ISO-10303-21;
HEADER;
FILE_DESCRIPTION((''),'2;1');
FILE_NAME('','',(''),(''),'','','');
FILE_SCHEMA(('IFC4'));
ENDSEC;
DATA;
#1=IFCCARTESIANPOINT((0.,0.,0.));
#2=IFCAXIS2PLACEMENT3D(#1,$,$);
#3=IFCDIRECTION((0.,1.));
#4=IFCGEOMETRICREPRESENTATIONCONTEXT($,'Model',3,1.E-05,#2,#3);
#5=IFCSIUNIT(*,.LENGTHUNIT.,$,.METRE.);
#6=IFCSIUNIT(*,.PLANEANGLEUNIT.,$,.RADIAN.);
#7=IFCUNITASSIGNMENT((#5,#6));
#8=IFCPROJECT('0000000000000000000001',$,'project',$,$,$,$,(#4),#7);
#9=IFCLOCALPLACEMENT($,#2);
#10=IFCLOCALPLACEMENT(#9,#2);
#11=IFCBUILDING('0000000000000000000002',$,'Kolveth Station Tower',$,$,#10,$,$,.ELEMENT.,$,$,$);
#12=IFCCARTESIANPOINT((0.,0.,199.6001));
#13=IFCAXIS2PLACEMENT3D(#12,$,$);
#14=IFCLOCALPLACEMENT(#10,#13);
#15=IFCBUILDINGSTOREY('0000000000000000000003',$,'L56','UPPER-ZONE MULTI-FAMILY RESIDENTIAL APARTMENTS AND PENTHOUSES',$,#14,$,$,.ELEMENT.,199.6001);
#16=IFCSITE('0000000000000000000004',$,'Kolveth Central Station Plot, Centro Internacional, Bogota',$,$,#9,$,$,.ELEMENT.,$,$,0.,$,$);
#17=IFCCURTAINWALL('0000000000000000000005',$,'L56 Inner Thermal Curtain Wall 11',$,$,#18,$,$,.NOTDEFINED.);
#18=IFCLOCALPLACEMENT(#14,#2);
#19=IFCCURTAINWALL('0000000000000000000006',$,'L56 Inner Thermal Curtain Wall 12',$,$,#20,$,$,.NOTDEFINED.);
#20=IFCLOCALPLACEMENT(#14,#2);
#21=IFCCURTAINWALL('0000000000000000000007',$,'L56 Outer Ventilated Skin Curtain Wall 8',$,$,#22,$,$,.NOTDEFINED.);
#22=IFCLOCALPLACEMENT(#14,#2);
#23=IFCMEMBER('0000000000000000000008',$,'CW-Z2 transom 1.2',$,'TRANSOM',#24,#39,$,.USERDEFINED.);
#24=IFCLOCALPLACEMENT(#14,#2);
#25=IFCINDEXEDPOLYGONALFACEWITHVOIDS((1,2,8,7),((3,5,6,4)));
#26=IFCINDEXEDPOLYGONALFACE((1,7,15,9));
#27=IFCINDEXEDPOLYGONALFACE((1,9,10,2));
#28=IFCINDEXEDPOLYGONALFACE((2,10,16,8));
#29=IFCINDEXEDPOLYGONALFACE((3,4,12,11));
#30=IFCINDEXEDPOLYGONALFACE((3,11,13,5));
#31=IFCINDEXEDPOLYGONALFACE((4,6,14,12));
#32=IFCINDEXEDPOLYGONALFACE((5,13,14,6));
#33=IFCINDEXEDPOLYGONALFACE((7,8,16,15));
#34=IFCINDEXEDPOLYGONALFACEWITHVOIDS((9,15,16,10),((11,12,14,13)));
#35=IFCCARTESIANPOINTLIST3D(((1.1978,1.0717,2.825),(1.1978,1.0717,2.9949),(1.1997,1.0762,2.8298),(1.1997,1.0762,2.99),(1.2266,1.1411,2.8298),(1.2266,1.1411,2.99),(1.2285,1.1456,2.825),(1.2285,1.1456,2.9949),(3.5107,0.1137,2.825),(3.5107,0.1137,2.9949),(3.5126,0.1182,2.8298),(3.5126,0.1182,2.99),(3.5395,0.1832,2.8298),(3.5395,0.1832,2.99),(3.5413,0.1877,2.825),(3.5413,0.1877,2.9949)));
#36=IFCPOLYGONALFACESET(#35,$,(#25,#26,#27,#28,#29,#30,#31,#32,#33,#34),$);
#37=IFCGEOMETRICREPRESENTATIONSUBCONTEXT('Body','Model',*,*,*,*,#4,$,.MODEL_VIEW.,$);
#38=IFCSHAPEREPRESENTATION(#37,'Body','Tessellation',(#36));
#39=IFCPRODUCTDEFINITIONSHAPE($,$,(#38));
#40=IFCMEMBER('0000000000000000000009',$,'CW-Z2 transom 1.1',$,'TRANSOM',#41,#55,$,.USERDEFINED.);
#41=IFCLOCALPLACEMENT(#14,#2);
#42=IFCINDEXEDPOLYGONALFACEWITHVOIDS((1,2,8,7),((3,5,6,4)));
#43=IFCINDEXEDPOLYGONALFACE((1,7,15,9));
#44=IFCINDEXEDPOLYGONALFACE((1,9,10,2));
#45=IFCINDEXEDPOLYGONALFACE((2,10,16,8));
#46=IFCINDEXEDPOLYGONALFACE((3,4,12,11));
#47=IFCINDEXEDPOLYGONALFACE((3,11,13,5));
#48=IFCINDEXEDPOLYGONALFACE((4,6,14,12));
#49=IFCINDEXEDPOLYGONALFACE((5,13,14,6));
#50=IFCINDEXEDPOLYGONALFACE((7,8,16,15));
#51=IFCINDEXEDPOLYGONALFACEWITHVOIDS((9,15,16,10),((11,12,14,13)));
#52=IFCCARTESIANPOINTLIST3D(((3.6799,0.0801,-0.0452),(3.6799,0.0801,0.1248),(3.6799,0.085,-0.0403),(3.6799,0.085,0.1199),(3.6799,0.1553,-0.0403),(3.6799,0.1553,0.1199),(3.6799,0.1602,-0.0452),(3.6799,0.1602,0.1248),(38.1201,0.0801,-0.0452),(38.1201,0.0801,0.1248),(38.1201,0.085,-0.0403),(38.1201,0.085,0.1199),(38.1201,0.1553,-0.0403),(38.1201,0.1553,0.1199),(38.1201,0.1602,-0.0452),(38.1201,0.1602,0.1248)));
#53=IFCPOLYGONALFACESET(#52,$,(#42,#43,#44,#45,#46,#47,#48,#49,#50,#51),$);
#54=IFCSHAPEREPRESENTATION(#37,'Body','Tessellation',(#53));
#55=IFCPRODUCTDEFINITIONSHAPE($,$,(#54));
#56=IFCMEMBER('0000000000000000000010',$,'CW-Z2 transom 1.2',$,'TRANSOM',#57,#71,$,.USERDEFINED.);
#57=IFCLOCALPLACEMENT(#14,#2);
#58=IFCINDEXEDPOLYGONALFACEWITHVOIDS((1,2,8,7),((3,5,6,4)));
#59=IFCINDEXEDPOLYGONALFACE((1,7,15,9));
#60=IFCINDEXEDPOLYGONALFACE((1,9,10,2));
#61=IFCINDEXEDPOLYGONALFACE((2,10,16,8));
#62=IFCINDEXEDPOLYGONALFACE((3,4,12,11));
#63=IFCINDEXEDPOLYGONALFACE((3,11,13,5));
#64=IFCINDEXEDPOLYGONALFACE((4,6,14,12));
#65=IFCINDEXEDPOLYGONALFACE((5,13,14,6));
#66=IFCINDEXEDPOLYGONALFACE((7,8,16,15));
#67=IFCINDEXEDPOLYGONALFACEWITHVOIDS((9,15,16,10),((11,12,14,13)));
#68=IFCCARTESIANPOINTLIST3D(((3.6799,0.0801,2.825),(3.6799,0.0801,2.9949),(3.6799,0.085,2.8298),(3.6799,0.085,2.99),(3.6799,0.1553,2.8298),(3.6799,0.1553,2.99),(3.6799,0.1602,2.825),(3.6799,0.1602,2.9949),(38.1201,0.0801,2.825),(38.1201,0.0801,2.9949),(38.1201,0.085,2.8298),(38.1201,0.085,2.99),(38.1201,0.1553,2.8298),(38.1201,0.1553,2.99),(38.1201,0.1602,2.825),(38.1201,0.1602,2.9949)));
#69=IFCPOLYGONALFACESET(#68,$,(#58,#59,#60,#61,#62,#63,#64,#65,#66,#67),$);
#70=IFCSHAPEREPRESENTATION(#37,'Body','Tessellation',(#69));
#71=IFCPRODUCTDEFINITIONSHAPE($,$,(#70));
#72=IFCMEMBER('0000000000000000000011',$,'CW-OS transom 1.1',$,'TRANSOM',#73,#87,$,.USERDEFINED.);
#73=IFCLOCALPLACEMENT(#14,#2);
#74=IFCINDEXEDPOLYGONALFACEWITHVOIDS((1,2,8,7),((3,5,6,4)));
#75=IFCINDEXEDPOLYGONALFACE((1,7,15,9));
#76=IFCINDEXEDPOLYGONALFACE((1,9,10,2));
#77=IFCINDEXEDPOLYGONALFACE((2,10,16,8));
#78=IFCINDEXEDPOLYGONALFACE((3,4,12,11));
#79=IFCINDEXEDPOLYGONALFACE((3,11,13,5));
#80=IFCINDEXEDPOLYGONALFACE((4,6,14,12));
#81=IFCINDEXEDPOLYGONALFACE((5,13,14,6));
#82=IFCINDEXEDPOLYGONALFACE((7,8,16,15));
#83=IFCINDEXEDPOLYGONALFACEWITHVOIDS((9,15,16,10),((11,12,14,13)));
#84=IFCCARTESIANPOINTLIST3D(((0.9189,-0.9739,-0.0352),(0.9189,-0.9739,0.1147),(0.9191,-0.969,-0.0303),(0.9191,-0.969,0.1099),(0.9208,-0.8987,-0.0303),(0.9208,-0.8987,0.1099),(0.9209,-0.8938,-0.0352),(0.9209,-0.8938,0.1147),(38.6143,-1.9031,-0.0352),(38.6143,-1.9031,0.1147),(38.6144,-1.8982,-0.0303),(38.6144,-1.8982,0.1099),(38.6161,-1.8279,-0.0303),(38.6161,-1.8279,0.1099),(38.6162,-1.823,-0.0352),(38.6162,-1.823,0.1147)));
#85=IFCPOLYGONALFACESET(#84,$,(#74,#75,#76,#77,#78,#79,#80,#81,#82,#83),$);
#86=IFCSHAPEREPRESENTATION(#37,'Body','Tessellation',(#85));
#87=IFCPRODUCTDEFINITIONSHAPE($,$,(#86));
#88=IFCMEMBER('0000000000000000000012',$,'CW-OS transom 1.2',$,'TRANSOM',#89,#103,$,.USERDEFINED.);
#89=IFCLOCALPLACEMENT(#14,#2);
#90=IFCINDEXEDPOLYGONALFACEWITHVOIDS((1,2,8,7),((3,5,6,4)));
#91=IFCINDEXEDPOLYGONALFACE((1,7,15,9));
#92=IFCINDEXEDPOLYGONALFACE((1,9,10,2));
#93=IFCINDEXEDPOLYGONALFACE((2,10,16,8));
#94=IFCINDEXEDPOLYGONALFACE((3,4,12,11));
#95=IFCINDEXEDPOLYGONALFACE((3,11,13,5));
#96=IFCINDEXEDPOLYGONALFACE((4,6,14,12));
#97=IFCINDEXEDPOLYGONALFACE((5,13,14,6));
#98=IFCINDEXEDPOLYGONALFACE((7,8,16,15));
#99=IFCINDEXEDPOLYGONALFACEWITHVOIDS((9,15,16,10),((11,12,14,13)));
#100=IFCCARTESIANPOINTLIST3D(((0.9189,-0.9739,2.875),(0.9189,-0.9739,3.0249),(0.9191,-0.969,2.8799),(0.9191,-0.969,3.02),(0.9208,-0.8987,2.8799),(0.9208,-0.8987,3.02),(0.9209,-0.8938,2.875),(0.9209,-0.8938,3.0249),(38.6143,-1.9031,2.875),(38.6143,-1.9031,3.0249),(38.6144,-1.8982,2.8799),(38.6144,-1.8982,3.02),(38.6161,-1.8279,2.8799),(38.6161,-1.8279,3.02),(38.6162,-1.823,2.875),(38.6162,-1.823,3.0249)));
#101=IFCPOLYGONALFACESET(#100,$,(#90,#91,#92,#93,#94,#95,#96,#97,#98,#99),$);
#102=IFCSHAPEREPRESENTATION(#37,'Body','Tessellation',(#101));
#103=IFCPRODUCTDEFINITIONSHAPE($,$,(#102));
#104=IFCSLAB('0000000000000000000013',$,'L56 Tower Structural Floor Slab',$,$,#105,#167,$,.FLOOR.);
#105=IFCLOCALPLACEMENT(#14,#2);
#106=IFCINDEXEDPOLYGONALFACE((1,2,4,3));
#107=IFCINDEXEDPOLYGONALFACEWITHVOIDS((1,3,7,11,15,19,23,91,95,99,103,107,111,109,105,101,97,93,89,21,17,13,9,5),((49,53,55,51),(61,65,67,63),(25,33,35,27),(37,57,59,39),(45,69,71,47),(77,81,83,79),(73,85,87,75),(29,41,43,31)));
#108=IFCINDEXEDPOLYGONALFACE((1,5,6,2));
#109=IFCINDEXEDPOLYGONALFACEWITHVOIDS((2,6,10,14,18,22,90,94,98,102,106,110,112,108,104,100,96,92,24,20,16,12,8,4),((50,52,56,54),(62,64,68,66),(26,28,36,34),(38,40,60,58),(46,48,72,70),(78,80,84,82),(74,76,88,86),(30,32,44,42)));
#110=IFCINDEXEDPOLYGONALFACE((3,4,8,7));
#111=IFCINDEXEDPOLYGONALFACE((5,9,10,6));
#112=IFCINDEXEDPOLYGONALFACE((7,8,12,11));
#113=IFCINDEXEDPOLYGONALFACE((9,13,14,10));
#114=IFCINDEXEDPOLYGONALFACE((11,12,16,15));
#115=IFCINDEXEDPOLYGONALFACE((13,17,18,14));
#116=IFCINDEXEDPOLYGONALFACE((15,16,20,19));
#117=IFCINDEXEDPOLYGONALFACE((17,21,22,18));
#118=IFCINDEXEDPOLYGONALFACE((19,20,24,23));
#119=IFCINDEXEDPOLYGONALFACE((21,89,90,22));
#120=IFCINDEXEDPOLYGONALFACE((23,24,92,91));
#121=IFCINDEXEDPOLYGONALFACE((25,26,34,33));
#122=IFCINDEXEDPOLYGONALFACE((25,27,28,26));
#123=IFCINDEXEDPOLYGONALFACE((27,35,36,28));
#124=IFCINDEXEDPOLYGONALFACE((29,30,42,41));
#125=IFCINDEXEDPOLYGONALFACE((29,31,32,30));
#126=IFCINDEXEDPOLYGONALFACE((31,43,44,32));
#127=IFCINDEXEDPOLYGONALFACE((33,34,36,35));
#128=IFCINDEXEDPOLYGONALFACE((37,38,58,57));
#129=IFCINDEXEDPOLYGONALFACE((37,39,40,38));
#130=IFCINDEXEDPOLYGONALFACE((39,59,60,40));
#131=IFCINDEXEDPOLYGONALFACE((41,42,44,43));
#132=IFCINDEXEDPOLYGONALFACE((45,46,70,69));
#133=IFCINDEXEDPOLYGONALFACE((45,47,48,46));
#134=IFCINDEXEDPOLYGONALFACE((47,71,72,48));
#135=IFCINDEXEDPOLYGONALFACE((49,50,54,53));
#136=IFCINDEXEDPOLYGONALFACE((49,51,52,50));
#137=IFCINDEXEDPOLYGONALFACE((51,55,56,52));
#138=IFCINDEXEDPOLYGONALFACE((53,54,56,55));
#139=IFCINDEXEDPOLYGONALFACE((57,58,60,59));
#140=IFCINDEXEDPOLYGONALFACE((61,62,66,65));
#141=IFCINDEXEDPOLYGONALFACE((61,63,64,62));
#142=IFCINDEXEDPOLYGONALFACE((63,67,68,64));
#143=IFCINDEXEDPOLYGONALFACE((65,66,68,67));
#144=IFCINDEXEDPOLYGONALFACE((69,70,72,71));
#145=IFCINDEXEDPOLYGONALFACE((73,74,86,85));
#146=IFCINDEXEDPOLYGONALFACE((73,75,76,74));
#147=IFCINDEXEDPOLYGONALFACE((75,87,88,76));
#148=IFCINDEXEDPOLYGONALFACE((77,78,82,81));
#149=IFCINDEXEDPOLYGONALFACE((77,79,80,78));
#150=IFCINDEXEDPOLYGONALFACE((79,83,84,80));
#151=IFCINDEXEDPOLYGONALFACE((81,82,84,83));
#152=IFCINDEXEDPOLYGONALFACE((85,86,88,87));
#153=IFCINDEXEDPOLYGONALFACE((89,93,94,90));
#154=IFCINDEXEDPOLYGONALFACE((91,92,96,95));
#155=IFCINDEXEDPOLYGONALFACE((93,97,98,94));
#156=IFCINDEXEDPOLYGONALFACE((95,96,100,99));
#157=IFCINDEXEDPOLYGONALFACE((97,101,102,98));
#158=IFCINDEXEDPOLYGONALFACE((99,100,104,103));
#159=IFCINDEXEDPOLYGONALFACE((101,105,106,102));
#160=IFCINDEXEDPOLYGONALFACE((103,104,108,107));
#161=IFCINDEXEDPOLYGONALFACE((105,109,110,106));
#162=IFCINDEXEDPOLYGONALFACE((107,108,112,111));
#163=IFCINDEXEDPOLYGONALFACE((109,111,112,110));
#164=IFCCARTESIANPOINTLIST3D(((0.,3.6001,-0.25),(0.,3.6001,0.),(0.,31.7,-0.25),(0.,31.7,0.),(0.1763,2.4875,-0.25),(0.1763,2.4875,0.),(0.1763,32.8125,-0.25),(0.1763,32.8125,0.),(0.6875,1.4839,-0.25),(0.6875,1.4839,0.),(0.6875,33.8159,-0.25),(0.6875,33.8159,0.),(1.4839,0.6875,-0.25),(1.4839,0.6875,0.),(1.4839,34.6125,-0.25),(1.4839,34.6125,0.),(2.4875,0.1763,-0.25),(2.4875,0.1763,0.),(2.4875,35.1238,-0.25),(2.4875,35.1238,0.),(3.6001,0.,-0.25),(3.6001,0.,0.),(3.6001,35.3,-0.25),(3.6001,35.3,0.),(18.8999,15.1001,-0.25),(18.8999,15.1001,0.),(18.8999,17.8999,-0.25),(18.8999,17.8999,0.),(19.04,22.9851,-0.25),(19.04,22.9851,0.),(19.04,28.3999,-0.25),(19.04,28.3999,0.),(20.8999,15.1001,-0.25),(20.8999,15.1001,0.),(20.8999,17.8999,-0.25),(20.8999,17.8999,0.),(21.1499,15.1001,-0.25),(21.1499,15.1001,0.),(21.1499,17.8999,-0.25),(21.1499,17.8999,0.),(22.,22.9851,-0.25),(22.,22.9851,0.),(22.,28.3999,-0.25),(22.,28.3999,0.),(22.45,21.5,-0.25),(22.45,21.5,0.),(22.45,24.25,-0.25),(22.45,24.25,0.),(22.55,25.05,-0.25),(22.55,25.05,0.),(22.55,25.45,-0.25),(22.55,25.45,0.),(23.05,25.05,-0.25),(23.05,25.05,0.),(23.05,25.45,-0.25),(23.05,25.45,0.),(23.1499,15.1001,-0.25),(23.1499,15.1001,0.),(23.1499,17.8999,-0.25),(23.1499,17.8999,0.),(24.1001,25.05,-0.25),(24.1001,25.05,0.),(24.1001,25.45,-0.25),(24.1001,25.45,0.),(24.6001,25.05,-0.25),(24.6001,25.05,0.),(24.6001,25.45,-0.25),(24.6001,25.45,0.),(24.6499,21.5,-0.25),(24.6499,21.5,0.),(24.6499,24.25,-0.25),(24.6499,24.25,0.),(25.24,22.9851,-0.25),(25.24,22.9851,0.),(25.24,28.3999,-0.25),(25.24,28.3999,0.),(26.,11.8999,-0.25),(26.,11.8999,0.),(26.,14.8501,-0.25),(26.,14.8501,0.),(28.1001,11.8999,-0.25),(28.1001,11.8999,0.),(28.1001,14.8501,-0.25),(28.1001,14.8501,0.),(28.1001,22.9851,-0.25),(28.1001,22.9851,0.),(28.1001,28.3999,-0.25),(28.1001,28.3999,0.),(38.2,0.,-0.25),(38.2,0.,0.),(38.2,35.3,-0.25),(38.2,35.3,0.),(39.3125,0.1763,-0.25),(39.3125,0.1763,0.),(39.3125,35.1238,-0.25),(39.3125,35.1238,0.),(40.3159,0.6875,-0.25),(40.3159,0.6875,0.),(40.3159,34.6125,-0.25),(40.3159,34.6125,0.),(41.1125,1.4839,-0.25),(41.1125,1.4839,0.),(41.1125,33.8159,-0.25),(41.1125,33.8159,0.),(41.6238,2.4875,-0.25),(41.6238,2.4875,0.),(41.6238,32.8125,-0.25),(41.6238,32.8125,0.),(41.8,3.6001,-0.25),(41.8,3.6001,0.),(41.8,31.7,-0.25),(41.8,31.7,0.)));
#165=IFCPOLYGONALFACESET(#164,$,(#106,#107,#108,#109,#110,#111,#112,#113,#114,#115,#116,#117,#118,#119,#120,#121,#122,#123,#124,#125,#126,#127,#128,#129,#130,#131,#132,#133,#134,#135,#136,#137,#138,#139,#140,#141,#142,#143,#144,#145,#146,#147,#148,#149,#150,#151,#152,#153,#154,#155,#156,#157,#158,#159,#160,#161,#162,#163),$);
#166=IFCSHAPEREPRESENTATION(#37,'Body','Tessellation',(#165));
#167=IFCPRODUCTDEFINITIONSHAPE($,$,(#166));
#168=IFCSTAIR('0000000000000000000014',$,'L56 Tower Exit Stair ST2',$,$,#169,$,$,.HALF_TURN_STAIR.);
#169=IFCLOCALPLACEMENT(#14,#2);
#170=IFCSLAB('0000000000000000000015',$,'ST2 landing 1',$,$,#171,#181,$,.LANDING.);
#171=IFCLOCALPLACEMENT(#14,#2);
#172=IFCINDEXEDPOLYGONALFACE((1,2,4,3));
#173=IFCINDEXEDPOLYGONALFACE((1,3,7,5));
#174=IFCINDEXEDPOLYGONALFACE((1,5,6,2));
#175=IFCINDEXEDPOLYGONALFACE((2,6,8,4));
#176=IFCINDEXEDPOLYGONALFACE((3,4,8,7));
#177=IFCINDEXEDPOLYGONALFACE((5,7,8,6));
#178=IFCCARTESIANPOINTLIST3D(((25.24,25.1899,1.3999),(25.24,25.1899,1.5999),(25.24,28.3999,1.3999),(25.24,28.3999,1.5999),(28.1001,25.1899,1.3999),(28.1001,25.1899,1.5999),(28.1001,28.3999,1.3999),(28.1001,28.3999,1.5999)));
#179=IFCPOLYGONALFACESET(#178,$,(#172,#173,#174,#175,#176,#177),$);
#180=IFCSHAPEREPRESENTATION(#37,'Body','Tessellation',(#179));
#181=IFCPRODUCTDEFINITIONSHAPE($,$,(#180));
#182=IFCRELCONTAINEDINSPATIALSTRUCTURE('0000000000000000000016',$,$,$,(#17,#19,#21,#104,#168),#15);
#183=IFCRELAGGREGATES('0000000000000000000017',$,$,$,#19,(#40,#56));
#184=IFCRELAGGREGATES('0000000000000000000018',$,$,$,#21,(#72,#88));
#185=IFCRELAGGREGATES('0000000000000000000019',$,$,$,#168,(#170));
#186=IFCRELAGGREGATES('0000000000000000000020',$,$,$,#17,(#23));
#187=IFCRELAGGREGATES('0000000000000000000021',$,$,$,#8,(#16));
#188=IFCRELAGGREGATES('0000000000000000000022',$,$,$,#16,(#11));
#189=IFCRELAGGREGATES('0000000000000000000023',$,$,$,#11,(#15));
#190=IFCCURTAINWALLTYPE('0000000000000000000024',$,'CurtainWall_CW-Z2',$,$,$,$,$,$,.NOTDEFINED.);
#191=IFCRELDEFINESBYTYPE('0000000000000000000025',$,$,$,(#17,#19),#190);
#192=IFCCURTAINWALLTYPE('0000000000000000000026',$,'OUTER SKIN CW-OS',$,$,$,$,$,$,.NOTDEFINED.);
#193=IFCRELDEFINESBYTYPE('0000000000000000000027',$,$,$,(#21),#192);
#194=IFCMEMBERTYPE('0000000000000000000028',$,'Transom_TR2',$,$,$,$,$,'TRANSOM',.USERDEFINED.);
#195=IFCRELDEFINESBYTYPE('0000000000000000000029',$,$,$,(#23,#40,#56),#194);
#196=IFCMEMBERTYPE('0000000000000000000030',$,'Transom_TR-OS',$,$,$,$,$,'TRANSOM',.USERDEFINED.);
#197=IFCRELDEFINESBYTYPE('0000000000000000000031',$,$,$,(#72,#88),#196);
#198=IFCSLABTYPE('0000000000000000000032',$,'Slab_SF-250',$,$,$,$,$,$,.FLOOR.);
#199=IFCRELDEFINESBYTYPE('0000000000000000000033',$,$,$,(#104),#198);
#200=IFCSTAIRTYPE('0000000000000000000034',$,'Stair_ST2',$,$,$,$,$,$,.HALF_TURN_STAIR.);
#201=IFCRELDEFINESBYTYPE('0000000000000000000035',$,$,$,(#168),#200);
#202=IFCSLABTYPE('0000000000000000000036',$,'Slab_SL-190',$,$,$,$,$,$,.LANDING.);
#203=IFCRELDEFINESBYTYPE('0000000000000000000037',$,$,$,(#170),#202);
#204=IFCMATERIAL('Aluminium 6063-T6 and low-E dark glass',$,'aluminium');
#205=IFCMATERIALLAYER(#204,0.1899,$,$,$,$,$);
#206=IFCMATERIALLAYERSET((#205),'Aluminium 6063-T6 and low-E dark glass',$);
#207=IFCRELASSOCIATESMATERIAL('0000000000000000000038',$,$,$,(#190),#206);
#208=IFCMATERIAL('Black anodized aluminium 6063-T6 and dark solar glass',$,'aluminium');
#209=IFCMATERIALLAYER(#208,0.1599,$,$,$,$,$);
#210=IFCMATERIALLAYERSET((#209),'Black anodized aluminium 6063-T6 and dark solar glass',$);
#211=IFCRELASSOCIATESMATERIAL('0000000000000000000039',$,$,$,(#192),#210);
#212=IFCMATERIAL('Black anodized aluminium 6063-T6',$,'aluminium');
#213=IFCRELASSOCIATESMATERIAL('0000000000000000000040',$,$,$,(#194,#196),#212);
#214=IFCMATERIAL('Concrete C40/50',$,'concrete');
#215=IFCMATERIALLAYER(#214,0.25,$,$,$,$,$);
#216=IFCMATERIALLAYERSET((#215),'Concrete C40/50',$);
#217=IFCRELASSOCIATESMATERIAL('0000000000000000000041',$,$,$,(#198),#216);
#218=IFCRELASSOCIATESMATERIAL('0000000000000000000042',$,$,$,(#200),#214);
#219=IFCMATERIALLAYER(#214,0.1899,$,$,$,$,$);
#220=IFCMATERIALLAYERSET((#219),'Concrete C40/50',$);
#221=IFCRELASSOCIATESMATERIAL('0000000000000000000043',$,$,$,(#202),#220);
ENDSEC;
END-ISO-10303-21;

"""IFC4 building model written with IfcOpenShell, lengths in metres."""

from ifc_helpers import new_model, si_unit, direction, frame, origin, origin_2d, place, context, subcontext, project, spatial, polyline, hollow_rectangle, outline, extrude, source, transform, mapped, material, layer, layer_set, material_profile, profile_set, type_object, element, aggregate, save


model = new_model("IFC4")

# Units and contexts
model_context = context("Model", 3, precision=1e-05, world=origin(), true_north=direction((0.0, 1.0)))
body_context = subcontext(model_context, "Body", "Model", "MODEL_VIEW")
ifc_project = project(units=[si_unit("LENGTHUNIT", "METRE"), si_unit("PLANEANGLEUNIT", "RADIAN")], contexts=[model_context])

# Site, building, storey
site_placement = place(None, origin())
site = spatial("IfcSite", under=ifc_project, at=site_placement, Name="Kolveth Central Station Plot, Centro Internacional, Bogota", CompositionType="ELEMENT", RefElevation=0.0)
building_placement = place(site_placement, origin())
building = spatial("IfcBuilding", under=site, at=building_placement, Name="Kolveth Station Tower", CompositionType="ELEMENT")
storey_placement = place(building_placement, frame((0.0, 0.0, 199.6001)))
storey = spatial("IfcBuildingStorey", under=building, at=storey_placement, Name="L56", Description="UPPER-ZONE MULTI-FAMILY RESIDENTIAL APARTMENTS AND PENTHOUSES", CompositionType="ELEMENT", Elevation=199.6001)

# Shared definitions
ifc_material_1 = material(Name="Aluminium 6063-T6 and low-E dark glass", Category="aluminium")
ifc_layer_1 = layer(ifc_material_1, 0.1899)
ifc_layer_set_1 = layer_set([ifc_layer_1], Name="Aluminium 6063-T6 and low-E dark glass")
curtain_wall_type_1 = type_object("IfcCurtainWallType", Name="CurtainWall_CW-Z2", PredefinedType="NOTDEFINED", material=ifc_layer_set_1)
ifc_material_2 = material(Name="Black anodized aluminium 6063-T6", Category="aluminium")

# Curtain wall
curtain_wall_1_placement = place(storey_placement, origin())
curtain_wall_1 = element("IfcCurtainWall", 1, at=curtain_wall_1_placement, inside=storey, type_object=curtain_wall_type_1, Name="L56 Inner Thermal Curtain Wall 11", PredefinedType="NOTDEFINED")

# Curtain walls
curtain_wall_2_placement = place(storey_placement, origin())
curtain_wall_2 = element("IfcCurtainWall", 2, at=curtain_wall_2_placement, inside=storey, type_object=curtain_wall_type_1, Name="L56 Inner Thermal Curtain Wall 12", PredefinedType="NOTDEFINED")
ifc_material_3 = material(Name="Black anodized aluminium 6063-T6 and dark solar glass", Category="aluminium")
ifc_layer_2 = layer(ifc_material_3, 0.1599)
ifc_layer_set_2 = layer_set([ifc_layer_2], Name="Black anodized aluminium 6063-T6 and dark solar glass")
curtain_wall_type_2 = type_object("IfcCurtainWallType", Name="OUTER SKIN CW-OS", PredefinedType="NOTDEFINED", material=ifc_layer_set_2)
curtain_wall_3_placement = place(storey_placement, origin())
curtain_wall_3 = element("IfcCurtainWall", 3, at=curtain_wall_3_placement, inside=storey, type_object=curtain_wall_type_2, Name="L56 Outer Ventilated Skin Curtain Wall 8", PredefinedType="NOTDEFINED")

# Members
ifc_material_profile_1 = material_profile(ifc_material_2, hollow_rectangle(XDim=0.0801, YDim=0.1699, WallThickness=0.0049, at=origin_2d()), Name="ALU-80x170x5")
ifc_profile_set_1 = profile_set([ifc_material_profile_1], Name="Black anodized aluminium 6063-T6")
member_type_1 = type_object("IfcMemberType", Name="Transom_TR2", ElementType="TRANSOM", PredefinedType="USERDEFINED", material=ifc_profile_set_1)
shared_shape_1 = source(origin(), body_context, "Body", "SweptSolid", [
    extrude(hollow_rectangle(XDim=0.0801, YDim=0.1699, WallThickness=0.0049, at=origin_2d()), origin(), (0.0, 0.0, 1.0), 2.5034),
])
member_1_placement = place(storey_placement, frame((1.2131, 1.1086, 2.9099), z_axis=(0.923888, -0.382662, 0.0), x_axis=(0.382662, 0.923888, 0.0)))
member_1 = element("IfcMember", 4, at=member_1_placement, type_object=member_type_1, Name="CW-Z2 transom 1.2", ObjectType="TRANSOM", PredefinedType="USERDEFINED", context=body_context, shape_type="MappedRepresentation", body=[
    mapped(shared_shape_1, transform((0.0, 0.0, 0.0), x_axis=(1.0, 0.0, 0.0), y_axis=(0.0, 1.0, 0.0), z_axis=(0.0, 0.0, 1.0), scale=1.0)),
])
shared_shape_2 = source(origin(), body_context, "Body", "SweptSolid", [
    extrude(hollow_rectangle(XDim=0.0801, YDim=0.1699, WallThickness=0.0049, at=origin_2d()), origin(), (0.0, 0.0, 1.0), 34.4402),
])
member_2_placement = place(storey_placement, frame((3.6799, 0.1201, 0.0398), z_axis=(1.0, 0.0, 0.0), x_axis=(0.0, 1.0, 0.0)))
member_2 = element("IfcMember", 5, at=member_2_placement, type_object=member_type_1, Name="CW-Z2 transom 1.1", ObjectType="TRANSOM", PredefinedType="USERDEFINED", context=body_context, shape_type="MappedRepresentation", body=[
    mapped(shared_shape_2, transform((0.0, 0.0, 0.0), x_axis=(1.0, 0.0, 0.0), y_axis=(0.0, 1.0, 0.0), z_axis=(0.0, 0.0, 1.0), scale=1.0)),
])
member_3_placement = place(storey_placement, frame((3.6799, 0.1201, 2.9099), z_axis=(1.0, 0.0, 0.0), x_axis=(0.0, 1.0, 0.0)))
member_3 = element("IfcMember", 6, at=member_3_placement, type_object=member_type_1, Name="CW-Z2 transom 1.2", ObjectType="TRANSOM", PredefinedType="USERDEFINED", context=body_context, shape_type="MappedRepresentation", body=[
    mapped(shared_shape_2, transform((0.0, 0.0, 0.0), x_axis=(1.0, 0.0, 0.0), y_axis=(0.0, 1.0, 0.0), z_axis=(0.0, 0.0, 1.0), scale=1.0)),
])
aggregate(curtain_wall_2, [member_2, member_3])
ifc_material_profile_2 = material_profile(ifc_material_2, hollow_rectangle(XDim=0.0801, YDim=0.1499, WallThickness=0.0049, at=origin_2d()), Name="ALU-80x150x5")
ifc_profile_set_2 = profile_set([ifc_material_profile_2], Name="Black anodized aluminium 6063-T6")
member_type_2 = type_object("IfcMemberType", Name="Transom_TR-OS", ElementType="TRANSOM", PredefinedType="USERDEFINED", material=ifc_profile_set_2)
shared_shape_3 = source(origin(), body_context, "Body", "SweptSolid", [
    extrude(hollow_rectangle(XDim=0.0801, YDim=0.1499, WallThickness=0.0049, at=origin_2d()), origin(), (0.0, 0.0, 1.0), 37.7068),
])
member_4_placement = place(storey_placement, frame((0.9199, -0.9338, 0.0398), z_axis=(0.999696, -0.024643, 0.0), x_axis=(0.024643, 0.999696, 0.0)))
member_4 = element("IfcMember", 7, at=member_4_placement, type_object=member_type_2, Name="CW-OS transom 1.1", ObjectType="TRANSOM", PredefinedType="USERDEFINED", context=body_context, shape_type="MappedRepresentation", body=[
    mapped(shared_shape_3, transform((0.0, 0.0, 0.0), x_axis=(1.0, 0.0, 0.0), y_axis=(0.0, 1.0, 0.0), z_axis=(0.0, 0.0, 1.0), scale=1.0)),
])
member_5_placement = place(storey_placement, frame((0.9199, -0.9338, 2.95), z_axis=(0.999696, -0.024643, 0.0), x_axis=(0.024643, 0.999696, 0.0)))
member_5 = element("IfcMember", 8, at=member_5_placement, type_object=member_type_2, Name="CW-OS transom 1.2", ObjectType="TRANSOM", PredefinedType="USERDEFINED", context=body_context, shape_type="MappedRepresentation", body=[
    mapped(shared_shape_3, transform((0.0, 0.0, 0.0), x_axis=(1.0, 0.0, 0.0), y_axis=(0.0, 1.0, 0.0), z_axis=(0.0, 0.0, 1.0), scale=1.0)),
])
aggregate(curtain_wall_3, [member_4, member_5])

# Slab
ifc_material_4 = material(Name="Concrete C40/50", Category="concrete")
ifc_layer_3 = layer(ifc_material_4, 0.25)
ifc_layer_set_3 = layer_set([ifc_layer_3], Name="Concrete C40/50")
slab_type_1 = type_object("IfcSlabType", Name="Slab_SF-250", PredefinedType="FLOOR", material=ifc_layer_set_3)
slab_1_placement = place(storey_placement, frame((0.0, 0.0, -0.25)))
element("IfcSlab", 9, at=slab_1_placement, inside=storey, type_object=slab_type_1, Name="L56 Tower Structural Floor Slab", PredefinedType="FLOOR", context=body_context, shape_type="SweptSolid", body=[
    extrude(outline(polyline([(38.2, 0.0), (39.3125, 0.1763), (40.3159, 0.6875), (41.1125, 1.4839), (41.6238, 2.4875), (41.8, 3.6001), (41.8, 31.7), (41.6238, 32.8125), (41.1125, 33.8159), (40.3159, 34.6125), (39.3125, 35.1238), (38.2, 35.3), (3.6001, 35.3), (2.4875, 35.1238), (1.4839, 34.6125), (0.6875, 33.8159), (0.1763, 32.8125), (0.0, 31.7), (0.0, 3.6001), (0.1763, 2.4875), (0.6875, 1.4839), (1.4839, 0.6875), (2.4875, 0.1763), (3.6001, 0.0), (38.2, 0.0)]), holes=[polyline([(19.04, 22.9851), (22.0, 22.9851), (22.0, 28.3999), (19.04, 28.3999), (19.04, 22.9851)]), polyline([(25.24, 22.9851), (28.1001, 22.9851), (28.1001, 28.3999), (25.24, 28.3999), (25.24, 22.9851)]), polyline([(18.8999, 15.1001), (20.8999, 15.1001), (20.8999, 17.8999), (18.8999, 17.8999), (18.8999, 15.1001)]), polyline([(21.1499, 15.1001), (23.1499, 15.1001), (23.1499, 17.8999), (21.1499, 17.8999), (21.1499, 15.1001)]), polyline([(22.45, 21.5), (24.6499, 21.5), (24.6499, 24.25), (22.45, 24.25), (22.45, 21.5)]), polyline([(26.0, 11.8999), (28.1001, 11.8999), (28.1001, 14.8501), (26.0, 14.8501), (26.0, 11.8999)]), polyline([(22.55, 25.05), (23.05, 25.05), (23.05, 25.45), (22.55, 25.45), (22.55, 25.05)]), polyline([(24.1001, 25.05), (24.6001, 25.05), (24.6001, 25.45), (24.1001, 25.45), (24.1001, 25.05)])]), origin(), (0.0, 0.0, 1.0), 0.25),
])

# Stair, slab
stair_type_1 = type_object("IfcStairType", Name="Stair_ST2", PredefinedType="HALF_TURN_STAIR", material=ifc_material_4)
stair_1_placement = place(storey_placement, origin())
stair_1 = element("IfcStair", 10, at=stair_1_placement, inside=storey, type_object=stair_type_1, Name="L56 Tower Exit Stair ST2", PredefinedType="HALF_TURN_STAIR")
ifc_layer_4 = layer(ifc_material_4, 0.1899)
ifc_layer_set_4 = layer_set([ifc_layer_4], Name="Concrete C40/50")
slab_type_2 = type_object("IfcSlabType", Name="Slab_SL-190", PredefinedType="LANDING", material=ifc_layer_set_4)
slab_2_placement = place(storey_placement, frame((0.0, 0.0, 1.3999)))
slab_2 = element("IfcSlab", 11, at=slab_2_placement, type_object=slab_type_2, Name="ST2 landing 1", PredefinedType="LANDING", context=body_context, shape_type="SweptSolid", body=[
    extrude(outline(polyline([(28.1001, 25.1899), (28.1001, 28.3999), (25.24, 28.3999), (25.24, 25.1899), (28.1001, 25.1899)])), origin(), (0.0, 0.0, 1.0), 0.2),
])
aggregate(stair_1, [slab_2])

aggregate(curtain_wall_1, [member_1])

save(model, "model.ifc")
